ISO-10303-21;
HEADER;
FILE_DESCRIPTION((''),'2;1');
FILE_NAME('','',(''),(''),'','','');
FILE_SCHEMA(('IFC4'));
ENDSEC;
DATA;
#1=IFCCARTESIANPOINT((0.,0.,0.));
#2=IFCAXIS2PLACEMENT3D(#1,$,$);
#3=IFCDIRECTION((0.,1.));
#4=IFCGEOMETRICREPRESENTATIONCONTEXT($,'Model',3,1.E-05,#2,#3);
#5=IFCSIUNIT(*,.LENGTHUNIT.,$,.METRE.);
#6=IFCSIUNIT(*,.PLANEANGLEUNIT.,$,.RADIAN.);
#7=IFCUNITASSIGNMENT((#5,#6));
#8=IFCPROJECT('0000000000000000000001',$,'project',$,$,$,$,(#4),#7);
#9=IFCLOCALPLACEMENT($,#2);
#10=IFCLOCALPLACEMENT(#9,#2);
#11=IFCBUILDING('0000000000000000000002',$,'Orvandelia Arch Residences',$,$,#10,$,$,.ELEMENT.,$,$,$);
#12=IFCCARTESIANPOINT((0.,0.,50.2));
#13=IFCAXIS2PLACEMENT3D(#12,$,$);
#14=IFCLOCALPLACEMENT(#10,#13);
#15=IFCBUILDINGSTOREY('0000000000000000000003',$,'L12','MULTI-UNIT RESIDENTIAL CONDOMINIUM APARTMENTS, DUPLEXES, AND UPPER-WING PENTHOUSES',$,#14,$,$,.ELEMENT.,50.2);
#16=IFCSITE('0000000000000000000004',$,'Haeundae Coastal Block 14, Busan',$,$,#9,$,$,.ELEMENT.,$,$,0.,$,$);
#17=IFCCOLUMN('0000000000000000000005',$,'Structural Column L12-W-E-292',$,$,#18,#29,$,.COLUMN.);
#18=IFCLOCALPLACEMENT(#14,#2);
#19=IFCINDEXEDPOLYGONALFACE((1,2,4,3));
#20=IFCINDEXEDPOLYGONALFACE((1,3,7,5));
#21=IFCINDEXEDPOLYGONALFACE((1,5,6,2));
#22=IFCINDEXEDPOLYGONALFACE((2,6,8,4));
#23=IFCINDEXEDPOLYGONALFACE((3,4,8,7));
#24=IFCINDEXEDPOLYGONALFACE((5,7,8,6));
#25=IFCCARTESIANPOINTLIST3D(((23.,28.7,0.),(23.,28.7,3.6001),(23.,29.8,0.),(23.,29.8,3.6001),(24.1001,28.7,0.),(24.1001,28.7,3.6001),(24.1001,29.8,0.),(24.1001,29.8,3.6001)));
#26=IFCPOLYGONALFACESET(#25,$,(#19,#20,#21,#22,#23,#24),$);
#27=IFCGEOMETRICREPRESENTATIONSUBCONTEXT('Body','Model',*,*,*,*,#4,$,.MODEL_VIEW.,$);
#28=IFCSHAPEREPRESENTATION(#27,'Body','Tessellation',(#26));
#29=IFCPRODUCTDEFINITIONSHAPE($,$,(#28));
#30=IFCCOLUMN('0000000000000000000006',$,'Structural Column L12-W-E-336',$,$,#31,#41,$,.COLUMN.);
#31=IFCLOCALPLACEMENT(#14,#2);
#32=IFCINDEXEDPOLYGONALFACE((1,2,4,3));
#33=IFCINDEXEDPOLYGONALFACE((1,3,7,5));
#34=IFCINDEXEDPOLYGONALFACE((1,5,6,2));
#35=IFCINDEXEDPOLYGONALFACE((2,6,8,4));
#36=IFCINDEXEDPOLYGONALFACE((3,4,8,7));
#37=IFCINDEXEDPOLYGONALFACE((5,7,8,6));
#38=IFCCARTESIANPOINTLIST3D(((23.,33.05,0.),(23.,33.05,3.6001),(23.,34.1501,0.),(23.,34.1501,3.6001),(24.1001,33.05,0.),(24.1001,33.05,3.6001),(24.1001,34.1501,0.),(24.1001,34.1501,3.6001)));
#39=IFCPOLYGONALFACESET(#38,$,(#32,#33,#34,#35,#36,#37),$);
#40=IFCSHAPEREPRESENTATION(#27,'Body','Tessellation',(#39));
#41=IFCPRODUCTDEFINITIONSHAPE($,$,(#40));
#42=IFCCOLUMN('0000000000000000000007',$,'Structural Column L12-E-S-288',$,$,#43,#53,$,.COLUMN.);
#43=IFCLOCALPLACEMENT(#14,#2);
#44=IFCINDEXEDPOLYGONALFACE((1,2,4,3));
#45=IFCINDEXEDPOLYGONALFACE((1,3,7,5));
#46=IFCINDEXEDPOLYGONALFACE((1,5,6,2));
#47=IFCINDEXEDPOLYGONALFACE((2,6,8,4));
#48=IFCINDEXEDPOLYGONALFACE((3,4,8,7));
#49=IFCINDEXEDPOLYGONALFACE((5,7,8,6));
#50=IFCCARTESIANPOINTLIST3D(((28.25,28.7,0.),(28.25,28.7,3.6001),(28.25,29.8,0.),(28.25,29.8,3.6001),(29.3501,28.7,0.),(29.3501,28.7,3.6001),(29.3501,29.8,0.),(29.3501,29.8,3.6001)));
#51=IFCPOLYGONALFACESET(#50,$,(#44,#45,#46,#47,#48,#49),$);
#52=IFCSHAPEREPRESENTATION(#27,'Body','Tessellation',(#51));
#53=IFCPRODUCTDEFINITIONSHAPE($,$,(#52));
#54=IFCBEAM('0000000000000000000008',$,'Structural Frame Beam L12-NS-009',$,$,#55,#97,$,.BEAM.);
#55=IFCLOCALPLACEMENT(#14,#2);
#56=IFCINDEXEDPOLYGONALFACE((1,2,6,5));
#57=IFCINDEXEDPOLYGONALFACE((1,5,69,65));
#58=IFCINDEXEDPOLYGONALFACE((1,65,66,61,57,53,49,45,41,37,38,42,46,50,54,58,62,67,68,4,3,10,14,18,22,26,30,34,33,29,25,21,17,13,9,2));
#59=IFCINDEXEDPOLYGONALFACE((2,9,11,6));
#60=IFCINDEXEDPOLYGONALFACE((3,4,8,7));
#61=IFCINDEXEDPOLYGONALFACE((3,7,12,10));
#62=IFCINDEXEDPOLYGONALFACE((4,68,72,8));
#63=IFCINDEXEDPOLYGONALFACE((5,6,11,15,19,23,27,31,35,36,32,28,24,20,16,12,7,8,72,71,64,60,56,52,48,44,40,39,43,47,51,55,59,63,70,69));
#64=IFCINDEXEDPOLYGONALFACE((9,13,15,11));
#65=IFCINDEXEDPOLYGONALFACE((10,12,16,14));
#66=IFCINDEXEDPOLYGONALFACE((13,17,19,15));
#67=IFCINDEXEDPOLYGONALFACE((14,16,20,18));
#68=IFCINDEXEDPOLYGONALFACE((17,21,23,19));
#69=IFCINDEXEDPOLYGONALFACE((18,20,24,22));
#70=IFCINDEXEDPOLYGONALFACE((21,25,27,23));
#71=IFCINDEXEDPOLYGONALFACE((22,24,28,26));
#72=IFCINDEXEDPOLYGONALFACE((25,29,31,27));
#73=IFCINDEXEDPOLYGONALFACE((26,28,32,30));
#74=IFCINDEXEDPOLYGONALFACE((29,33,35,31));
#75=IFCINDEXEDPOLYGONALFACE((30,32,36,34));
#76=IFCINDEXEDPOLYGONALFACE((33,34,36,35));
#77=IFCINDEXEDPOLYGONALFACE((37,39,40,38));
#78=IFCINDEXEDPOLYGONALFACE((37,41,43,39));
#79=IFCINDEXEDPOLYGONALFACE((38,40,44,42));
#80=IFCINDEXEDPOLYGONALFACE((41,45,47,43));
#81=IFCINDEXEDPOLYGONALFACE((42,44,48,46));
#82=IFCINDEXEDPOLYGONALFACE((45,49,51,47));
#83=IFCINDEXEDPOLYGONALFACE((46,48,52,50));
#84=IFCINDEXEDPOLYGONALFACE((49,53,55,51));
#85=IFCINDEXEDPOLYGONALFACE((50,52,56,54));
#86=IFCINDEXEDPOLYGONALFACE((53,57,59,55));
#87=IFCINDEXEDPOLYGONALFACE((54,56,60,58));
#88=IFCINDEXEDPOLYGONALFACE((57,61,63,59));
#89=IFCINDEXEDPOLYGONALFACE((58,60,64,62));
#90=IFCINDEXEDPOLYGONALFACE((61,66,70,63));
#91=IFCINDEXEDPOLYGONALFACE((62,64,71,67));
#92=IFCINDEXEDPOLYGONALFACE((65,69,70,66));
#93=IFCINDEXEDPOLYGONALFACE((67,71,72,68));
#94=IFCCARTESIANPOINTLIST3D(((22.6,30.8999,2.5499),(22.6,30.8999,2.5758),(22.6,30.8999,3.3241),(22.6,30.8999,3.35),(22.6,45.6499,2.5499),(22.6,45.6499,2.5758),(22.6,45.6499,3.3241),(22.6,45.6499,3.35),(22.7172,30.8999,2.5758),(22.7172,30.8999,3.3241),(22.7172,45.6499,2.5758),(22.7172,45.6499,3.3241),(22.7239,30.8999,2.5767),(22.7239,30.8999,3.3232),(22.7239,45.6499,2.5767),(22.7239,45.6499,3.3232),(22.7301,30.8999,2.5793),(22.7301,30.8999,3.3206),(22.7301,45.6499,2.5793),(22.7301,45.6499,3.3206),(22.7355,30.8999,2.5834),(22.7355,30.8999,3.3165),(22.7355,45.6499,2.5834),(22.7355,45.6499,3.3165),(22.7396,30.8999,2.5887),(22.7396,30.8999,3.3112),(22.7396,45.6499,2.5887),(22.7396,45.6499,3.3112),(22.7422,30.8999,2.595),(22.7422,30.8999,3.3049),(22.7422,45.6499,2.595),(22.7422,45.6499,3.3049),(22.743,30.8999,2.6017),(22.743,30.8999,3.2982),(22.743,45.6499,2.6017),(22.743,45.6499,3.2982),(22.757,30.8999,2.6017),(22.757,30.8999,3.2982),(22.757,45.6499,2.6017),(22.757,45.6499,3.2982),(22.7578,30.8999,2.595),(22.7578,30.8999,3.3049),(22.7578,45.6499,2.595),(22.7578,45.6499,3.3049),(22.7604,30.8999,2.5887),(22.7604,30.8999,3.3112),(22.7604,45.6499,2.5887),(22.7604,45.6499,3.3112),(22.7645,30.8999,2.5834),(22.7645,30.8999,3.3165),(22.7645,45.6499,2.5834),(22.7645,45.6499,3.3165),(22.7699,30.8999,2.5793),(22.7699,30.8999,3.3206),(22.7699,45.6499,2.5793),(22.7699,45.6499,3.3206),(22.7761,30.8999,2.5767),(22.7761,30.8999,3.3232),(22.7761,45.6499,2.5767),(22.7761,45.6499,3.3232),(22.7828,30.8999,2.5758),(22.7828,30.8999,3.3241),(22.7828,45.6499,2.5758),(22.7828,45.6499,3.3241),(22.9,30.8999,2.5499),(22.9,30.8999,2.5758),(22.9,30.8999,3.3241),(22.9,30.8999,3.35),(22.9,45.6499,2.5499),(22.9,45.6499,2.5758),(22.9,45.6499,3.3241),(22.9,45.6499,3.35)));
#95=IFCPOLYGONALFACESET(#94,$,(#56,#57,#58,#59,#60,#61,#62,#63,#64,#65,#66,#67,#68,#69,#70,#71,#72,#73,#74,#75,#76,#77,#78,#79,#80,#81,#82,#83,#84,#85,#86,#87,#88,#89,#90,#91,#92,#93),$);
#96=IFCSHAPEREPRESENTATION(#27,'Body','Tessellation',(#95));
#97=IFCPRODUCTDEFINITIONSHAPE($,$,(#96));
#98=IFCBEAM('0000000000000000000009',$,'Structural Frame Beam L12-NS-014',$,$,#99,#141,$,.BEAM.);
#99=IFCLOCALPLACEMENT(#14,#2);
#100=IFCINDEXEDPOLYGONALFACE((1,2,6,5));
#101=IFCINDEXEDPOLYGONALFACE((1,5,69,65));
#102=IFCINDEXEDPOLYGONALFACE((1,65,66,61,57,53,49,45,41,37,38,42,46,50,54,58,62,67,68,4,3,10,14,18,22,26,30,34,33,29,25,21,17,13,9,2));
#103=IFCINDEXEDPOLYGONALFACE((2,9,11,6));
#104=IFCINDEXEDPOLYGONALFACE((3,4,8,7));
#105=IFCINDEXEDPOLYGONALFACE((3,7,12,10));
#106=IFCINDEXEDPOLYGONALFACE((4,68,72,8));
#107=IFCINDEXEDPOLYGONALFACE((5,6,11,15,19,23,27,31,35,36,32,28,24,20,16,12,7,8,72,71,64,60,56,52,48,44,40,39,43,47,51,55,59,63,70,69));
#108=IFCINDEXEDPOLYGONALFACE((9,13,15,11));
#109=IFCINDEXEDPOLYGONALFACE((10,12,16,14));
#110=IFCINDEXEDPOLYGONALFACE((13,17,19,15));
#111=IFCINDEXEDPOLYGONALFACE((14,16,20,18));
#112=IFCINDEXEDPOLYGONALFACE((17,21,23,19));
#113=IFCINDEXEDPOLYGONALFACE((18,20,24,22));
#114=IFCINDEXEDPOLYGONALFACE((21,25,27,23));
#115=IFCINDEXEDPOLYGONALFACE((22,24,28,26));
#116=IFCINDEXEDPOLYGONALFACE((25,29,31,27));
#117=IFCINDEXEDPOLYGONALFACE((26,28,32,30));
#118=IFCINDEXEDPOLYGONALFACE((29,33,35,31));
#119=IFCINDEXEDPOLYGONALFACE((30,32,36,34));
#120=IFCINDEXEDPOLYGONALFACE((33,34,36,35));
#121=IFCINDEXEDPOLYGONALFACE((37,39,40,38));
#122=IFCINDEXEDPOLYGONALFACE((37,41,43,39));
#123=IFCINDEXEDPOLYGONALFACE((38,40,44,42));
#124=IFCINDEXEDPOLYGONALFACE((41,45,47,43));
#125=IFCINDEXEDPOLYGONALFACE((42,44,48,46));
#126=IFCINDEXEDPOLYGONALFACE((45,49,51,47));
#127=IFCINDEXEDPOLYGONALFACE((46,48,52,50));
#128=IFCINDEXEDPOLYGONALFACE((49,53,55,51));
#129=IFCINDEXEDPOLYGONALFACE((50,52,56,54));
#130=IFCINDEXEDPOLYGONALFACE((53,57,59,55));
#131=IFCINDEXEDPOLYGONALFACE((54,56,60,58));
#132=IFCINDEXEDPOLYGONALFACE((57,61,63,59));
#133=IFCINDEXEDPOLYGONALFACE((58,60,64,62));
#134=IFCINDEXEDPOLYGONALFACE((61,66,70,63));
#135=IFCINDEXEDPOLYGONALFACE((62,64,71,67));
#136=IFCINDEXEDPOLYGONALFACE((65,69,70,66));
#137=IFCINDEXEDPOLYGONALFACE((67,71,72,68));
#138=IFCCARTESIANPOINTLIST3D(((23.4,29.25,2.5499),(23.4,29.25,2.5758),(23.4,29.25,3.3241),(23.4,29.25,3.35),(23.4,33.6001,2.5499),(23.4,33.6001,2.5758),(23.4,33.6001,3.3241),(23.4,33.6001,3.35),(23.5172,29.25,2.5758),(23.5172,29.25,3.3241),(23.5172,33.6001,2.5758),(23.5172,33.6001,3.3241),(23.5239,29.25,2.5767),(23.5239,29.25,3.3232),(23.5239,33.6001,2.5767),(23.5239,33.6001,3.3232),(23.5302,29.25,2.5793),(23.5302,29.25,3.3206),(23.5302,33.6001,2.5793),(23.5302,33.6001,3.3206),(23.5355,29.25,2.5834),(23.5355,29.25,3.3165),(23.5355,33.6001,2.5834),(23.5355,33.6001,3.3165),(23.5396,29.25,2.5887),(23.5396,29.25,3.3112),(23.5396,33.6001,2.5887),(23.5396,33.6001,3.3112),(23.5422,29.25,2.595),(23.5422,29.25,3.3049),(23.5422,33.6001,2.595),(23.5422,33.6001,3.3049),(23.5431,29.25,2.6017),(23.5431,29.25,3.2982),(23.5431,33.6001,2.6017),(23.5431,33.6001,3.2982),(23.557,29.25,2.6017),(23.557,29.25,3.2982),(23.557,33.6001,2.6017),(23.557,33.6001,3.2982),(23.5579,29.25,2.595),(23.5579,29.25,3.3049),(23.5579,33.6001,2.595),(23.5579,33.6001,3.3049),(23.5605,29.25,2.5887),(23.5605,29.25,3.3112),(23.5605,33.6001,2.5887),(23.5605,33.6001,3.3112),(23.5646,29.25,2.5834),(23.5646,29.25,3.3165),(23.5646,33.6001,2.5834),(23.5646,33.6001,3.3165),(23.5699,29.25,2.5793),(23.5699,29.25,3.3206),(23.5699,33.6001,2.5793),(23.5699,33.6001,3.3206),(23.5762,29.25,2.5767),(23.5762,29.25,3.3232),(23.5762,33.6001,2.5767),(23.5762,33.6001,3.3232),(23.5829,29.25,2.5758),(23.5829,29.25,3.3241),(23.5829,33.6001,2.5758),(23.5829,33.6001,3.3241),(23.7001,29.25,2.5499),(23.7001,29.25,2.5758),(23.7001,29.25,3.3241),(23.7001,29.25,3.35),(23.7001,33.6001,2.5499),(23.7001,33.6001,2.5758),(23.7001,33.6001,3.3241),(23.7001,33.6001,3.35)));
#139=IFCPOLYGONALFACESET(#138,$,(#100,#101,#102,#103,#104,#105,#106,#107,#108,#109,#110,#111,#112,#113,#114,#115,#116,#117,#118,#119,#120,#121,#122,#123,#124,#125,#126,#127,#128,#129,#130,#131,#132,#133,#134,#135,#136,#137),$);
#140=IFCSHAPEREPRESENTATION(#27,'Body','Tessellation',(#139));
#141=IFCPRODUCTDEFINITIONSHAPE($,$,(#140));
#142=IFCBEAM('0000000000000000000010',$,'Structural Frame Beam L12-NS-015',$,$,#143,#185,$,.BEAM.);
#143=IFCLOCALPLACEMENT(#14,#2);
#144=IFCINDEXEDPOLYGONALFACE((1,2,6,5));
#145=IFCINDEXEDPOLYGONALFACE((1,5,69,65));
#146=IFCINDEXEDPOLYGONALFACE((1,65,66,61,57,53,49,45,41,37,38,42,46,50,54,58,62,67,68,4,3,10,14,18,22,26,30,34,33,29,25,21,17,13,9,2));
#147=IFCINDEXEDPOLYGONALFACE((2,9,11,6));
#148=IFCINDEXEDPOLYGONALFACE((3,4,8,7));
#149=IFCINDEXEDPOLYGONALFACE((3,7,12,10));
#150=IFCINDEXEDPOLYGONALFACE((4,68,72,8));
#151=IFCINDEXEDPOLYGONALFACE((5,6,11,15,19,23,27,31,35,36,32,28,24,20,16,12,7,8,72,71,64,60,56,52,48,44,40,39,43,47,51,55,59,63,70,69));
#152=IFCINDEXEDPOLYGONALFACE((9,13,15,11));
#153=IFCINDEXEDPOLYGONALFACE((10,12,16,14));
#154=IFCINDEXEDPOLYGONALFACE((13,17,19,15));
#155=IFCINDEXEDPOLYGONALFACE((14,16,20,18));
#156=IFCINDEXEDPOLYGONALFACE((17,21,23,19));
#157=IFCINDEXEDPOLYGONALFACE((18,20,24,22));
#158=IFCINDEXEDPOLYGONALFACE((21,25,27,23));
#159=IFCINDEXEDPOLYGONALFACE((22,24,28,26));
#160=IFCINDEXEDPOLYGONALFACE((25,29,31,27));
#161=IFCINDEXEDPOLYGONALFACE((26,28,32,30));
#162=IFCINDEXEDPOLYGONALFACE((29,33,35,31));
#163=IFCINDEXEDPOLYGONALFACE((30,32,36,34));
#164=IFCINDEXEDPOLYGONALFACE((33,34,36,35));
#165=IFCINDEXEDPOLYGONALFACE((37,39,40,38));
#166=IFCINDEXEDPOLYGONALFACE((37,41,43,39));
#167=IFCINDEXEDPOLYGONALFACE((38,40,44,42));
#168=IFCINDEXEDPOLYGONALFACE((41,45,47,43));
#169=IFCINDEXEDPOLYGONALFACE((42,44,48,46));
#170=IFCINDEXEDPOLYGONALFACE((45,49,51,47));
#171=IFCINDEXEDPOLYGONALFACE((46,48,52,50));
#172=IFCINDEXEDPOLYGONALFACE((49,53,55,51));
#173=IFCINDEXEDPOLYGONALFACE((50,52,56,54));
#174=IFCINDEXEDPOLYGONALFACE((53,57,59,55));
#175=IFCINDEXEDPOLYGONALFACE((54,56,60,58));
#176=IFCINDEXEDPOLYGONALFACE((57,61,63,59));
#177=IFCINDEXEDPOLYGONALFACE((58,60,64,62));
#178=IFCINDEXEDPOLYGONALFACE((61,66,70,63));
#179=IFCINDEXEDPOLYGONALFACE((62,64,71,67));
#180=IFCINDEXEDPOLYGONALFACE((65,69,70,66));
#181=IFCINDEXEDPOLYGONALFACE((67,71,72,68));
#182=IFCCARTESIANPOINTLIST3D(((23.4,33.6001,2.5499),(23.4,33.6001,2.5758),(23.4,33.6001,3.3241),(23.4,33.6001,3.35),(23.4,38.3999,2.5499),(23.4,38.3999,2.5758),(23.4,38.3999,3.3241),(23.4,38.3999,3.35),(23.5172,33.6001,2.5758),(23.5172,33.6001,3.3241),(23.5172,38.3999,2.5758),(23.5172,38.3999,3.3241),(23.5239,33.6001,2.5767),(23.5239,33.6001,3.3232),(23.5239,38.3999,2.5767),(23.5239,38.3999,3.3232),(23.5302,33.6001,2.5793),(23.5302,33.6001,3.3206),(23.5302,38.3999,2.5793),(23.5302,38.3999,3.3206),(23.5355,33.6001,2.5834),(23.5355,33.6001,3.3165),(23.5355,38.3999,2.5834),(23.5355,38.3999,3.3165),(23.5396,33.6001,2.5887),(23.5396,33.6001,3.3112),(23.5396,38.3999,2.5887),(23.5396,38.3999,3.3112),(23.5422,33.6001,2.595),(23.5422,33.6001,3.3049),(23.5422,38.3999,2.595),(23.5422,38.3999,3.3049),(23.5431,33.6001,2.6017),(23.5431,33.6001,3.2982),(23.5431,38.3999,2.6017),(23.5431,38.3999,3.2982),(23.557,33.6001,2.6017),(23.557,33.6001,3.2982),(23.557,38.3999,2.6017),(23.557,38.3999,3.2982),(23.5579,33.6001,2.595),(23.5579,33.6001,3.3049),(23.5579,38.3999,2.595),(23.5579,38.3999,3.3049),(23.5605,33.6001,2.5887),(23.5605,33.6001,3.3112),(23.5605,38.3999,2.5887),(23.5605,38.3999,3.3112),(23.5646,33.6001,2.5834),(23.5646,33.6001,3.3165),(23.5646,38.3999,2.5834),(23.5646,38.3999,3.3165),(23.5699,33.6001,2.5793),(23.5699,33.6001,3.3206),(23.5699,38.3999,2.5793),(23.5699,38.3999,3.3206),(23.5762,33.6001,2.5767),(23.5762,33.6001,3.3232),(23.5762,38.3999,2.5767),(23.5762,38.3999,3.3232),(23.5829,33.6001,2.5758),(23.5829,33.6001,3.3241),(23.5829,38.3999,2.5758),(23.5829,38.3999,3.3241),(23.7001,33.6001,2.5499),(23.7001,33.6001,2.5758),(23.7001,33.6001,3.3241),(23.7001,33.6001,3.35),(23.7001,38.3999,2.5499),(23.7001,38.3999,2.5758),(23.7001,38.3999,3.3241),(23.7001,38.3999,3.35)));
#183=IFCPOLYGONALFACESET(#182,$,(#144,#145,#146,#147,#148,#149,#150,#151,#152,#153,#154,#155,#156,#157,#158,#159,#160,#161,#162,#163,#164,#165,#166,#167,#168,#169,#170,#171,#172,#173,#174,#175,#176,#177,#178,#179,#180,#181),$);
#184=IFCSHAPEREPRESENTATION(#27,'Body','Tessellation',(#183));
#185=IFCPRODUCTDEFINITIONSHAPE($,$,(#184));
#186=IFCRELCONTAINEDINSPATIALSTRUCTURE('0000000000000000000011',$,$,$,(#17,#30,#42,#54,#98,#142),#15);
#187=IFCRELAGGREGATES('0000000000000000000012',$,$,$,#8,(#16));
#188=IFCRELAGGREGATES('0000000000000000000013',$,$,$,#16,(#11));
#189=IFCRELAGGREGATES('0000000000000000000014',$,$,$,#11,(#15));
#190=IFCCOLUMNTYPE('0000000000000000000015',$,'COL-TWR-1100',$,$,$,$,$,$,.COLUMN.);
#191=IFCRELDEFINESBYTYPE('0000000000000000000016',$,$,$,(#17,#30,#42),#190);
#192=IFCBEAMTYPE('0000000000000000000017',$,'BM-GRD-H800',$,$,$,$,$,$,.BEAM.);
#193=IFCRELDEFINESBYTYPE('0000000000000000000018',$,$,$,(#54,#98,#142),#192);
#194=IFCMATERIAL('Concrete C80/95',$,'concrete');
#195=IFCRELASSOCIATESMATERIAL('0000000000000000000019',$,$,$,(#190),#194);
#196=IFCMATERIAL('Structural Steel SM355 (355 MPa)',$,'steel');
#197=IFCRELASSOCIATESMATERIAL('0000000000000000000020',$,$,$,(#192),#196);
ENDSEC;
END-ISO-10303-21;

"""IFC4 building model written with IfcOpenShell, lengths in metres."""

from ifc_helpers import new_model, si_unit, direction, frame, origin, origin_2d, place, context, subcontext, project, spatial, rectangle, i_section, extrude, material, material_profile, profile_set, type_object, element, save


model = new_model("IFC4")

# Units and contexts
model_context = context("Model", 3, precision=1e-05, world=origin(), true_north=direction((0.0, 1.0)))
body_context = subcontext(model_context, "Body", "Model", "MODEL_VIEW")
ifc_project = project(units=[si_unit("LENGTHUNIT", "METRE"), si_unit("PLANEANGLEUNIT", "RADIAN")], contexts=[model_context])

# Site, building, storey
site_placement = place(None, origin())
site = spatial("IfcSite", under=ifc_project, at=site_placement, Name="Haeundae Coastal Block 14, Busan", CompositionType="ELEMENT", RefElevation=0.0)
building_placement = place(site_placement, origin())
building = spatial("IfcBuilding", under=site, at=building_placement, Name="Orvandelia Arch Residences", CompositionType="ELEMENT")
storey_placement = place(building_placement, frame((0.0, 0.0, 50.2)))
storey = spatial("IfcBuildingStorey", under=building, at=storey_placement, Name="L12", Description="MULTI-UNIT RESIDENTIAL CONDOMINIUM APARTMENTS, DUPLEXES, AND UPPER-WING PENTHOUSES", CompositionType="ELEMENT", Elevation=50.2)

# Columns
ifc_material_1 = material(Name="Concrete C80/95", Category="concrete")
ifc_material_profile_1 = material_profile(ifc_material_1, rectangle(XDim=1.1001, YDim=1.1001, at=origin_2d()), Name="Concrete C80/95", Category="concrete")
ifc_profile_set_1 = profile_set([ifc_material_profile_1], Name="Concrete C80/95")
column_type = type_object("IfcColumnType", Name="COL-TWR-1100", PredefinedType="COLUMN", material=ifc_profile_set_1)
for number, where, z_axis, x_axis, name in (
    (1, (23.55, 29.25, 0.0), (0.0, 0.0, 1.0), (1.0, 0.0, 0.0), "Structural Column L12-W-E-292"),
    (2, (23.55, 33.6001, 0.0), (0.0, 0.0, 1.0), (1.0, 0.0, 0.0), "Structural Column L12-W-E-336"),
    (3, (28.8, 29.25, 0.0), (0.0, 0.0, 1.0), (1.0, 0.0, 0.0), "Structural Column L12-E-S-288"),
):
    element("IfcColumn", number, at=place(storey_placement, frame(where, z_axis=z_axis, x_axis=x_axis)), inside=storey, type_object=column_type, Name=name, PredefinedType="COLUMN", context=body_context, shape_type="SweptSolid", body=[
        extrude(rectangle(XDim=1.1001, YDim=1.1001, at=origin_2d()), origin(), (0.0, 0.0, 1.0), 3.6001),
    ])

# Beams
ifc_material_2 = material(Name="Structural Steel SM355 (355 MPa)", Category="steel")
ifc_material_profile_2 = material_profile(ifc_material_2, i_section(OverallWidth=0.3, OverallDepth=0.8, WebThickness=0.0139, FlangeThickness=0.0259, FilletRadius=0.0259, at=origin_2d()), Name="Structural Steel SM355 (355 MPa)", Category="steel")
ifc_profile_set_2 = profile_set([ifc_material_profile_2], Name="Structural Steel SM355 (355 MPa)")
beam_type = type_object("IfcBeamType", Name="BM-GRD-H800", PredefinedType="BEAM", material=ifc_profile_set_2)
beam_1_placement = place(storey_placement, frame((22.75, 30.8999, 2.95), z_axis=(0.0, 1.0, 0.0), x_axis=(-1.0, 0.0, 0.0)))
element("IfcBeam", 4, at=beam_1_placement, inside=storey, type_object=beam_type, Name="Structural Frame Beam L12-NS-009", PredefinedType="BEAM", context=body_context, shape_type="SweptSolid", body=[
    extrude(i_section(OverallWidth=0.3, OverallDepth=0.8, WebThickness=0.0139, FlangeThickness=0.0259, FilletRadius=0.0259, at=origin_2d()), origin(), (0.0, 0.0, 1.0), 14.75),
])
beam_2_placement = place(storey_placement, frame((23.55, 29.25, 2.95), z_axis=(0.0, 1.0, 0.0), x_axis=(-1.0, 0.0, 0.0)))
element("IfcBeam", 5, at=beam_2_placement, inside=storey, type_object=beam_type, Name="Structural Frame Beam L12-NS-014", PredefinedType="BEAM", context=body_context, shape_type="SweptSolid", body=[
    extrude(i_section(OverallWidth=0.3, OverallDepth=0.8, WebThickness=0.0139, FlangeThickness=0.0259, FilletRadius=0.0259, at=origin_2d()), origin(), (0.0, 0.0, 1.0), 4.3501),
])
beam_3_placement = place(storey_placement, frame((23.55, 33.6001, 2.95), z_axis=(0.0, 1.0, 0.0), x_axis=(-1.0, 0.0, 0.0)))
element("IfcBeam", 6, at=beam_3_placement, inside=storey, type_object=beam_type, Name="Structural Frame Beam L12-NS-015", PredefinedType="BEAM", context=body_context, shape_type="SweptSolid", body=[
    extrude(i_section(OverallWidth=0.3, OverallDepth=0.8, WebThickness=0.0139, FlangeThickness=0.0259, FilletRadius=0.0259, at=origin_2d()), origin(), (0.0, 0.0, 1.0), 4.7998),
])

save(model, "model.ifc")
